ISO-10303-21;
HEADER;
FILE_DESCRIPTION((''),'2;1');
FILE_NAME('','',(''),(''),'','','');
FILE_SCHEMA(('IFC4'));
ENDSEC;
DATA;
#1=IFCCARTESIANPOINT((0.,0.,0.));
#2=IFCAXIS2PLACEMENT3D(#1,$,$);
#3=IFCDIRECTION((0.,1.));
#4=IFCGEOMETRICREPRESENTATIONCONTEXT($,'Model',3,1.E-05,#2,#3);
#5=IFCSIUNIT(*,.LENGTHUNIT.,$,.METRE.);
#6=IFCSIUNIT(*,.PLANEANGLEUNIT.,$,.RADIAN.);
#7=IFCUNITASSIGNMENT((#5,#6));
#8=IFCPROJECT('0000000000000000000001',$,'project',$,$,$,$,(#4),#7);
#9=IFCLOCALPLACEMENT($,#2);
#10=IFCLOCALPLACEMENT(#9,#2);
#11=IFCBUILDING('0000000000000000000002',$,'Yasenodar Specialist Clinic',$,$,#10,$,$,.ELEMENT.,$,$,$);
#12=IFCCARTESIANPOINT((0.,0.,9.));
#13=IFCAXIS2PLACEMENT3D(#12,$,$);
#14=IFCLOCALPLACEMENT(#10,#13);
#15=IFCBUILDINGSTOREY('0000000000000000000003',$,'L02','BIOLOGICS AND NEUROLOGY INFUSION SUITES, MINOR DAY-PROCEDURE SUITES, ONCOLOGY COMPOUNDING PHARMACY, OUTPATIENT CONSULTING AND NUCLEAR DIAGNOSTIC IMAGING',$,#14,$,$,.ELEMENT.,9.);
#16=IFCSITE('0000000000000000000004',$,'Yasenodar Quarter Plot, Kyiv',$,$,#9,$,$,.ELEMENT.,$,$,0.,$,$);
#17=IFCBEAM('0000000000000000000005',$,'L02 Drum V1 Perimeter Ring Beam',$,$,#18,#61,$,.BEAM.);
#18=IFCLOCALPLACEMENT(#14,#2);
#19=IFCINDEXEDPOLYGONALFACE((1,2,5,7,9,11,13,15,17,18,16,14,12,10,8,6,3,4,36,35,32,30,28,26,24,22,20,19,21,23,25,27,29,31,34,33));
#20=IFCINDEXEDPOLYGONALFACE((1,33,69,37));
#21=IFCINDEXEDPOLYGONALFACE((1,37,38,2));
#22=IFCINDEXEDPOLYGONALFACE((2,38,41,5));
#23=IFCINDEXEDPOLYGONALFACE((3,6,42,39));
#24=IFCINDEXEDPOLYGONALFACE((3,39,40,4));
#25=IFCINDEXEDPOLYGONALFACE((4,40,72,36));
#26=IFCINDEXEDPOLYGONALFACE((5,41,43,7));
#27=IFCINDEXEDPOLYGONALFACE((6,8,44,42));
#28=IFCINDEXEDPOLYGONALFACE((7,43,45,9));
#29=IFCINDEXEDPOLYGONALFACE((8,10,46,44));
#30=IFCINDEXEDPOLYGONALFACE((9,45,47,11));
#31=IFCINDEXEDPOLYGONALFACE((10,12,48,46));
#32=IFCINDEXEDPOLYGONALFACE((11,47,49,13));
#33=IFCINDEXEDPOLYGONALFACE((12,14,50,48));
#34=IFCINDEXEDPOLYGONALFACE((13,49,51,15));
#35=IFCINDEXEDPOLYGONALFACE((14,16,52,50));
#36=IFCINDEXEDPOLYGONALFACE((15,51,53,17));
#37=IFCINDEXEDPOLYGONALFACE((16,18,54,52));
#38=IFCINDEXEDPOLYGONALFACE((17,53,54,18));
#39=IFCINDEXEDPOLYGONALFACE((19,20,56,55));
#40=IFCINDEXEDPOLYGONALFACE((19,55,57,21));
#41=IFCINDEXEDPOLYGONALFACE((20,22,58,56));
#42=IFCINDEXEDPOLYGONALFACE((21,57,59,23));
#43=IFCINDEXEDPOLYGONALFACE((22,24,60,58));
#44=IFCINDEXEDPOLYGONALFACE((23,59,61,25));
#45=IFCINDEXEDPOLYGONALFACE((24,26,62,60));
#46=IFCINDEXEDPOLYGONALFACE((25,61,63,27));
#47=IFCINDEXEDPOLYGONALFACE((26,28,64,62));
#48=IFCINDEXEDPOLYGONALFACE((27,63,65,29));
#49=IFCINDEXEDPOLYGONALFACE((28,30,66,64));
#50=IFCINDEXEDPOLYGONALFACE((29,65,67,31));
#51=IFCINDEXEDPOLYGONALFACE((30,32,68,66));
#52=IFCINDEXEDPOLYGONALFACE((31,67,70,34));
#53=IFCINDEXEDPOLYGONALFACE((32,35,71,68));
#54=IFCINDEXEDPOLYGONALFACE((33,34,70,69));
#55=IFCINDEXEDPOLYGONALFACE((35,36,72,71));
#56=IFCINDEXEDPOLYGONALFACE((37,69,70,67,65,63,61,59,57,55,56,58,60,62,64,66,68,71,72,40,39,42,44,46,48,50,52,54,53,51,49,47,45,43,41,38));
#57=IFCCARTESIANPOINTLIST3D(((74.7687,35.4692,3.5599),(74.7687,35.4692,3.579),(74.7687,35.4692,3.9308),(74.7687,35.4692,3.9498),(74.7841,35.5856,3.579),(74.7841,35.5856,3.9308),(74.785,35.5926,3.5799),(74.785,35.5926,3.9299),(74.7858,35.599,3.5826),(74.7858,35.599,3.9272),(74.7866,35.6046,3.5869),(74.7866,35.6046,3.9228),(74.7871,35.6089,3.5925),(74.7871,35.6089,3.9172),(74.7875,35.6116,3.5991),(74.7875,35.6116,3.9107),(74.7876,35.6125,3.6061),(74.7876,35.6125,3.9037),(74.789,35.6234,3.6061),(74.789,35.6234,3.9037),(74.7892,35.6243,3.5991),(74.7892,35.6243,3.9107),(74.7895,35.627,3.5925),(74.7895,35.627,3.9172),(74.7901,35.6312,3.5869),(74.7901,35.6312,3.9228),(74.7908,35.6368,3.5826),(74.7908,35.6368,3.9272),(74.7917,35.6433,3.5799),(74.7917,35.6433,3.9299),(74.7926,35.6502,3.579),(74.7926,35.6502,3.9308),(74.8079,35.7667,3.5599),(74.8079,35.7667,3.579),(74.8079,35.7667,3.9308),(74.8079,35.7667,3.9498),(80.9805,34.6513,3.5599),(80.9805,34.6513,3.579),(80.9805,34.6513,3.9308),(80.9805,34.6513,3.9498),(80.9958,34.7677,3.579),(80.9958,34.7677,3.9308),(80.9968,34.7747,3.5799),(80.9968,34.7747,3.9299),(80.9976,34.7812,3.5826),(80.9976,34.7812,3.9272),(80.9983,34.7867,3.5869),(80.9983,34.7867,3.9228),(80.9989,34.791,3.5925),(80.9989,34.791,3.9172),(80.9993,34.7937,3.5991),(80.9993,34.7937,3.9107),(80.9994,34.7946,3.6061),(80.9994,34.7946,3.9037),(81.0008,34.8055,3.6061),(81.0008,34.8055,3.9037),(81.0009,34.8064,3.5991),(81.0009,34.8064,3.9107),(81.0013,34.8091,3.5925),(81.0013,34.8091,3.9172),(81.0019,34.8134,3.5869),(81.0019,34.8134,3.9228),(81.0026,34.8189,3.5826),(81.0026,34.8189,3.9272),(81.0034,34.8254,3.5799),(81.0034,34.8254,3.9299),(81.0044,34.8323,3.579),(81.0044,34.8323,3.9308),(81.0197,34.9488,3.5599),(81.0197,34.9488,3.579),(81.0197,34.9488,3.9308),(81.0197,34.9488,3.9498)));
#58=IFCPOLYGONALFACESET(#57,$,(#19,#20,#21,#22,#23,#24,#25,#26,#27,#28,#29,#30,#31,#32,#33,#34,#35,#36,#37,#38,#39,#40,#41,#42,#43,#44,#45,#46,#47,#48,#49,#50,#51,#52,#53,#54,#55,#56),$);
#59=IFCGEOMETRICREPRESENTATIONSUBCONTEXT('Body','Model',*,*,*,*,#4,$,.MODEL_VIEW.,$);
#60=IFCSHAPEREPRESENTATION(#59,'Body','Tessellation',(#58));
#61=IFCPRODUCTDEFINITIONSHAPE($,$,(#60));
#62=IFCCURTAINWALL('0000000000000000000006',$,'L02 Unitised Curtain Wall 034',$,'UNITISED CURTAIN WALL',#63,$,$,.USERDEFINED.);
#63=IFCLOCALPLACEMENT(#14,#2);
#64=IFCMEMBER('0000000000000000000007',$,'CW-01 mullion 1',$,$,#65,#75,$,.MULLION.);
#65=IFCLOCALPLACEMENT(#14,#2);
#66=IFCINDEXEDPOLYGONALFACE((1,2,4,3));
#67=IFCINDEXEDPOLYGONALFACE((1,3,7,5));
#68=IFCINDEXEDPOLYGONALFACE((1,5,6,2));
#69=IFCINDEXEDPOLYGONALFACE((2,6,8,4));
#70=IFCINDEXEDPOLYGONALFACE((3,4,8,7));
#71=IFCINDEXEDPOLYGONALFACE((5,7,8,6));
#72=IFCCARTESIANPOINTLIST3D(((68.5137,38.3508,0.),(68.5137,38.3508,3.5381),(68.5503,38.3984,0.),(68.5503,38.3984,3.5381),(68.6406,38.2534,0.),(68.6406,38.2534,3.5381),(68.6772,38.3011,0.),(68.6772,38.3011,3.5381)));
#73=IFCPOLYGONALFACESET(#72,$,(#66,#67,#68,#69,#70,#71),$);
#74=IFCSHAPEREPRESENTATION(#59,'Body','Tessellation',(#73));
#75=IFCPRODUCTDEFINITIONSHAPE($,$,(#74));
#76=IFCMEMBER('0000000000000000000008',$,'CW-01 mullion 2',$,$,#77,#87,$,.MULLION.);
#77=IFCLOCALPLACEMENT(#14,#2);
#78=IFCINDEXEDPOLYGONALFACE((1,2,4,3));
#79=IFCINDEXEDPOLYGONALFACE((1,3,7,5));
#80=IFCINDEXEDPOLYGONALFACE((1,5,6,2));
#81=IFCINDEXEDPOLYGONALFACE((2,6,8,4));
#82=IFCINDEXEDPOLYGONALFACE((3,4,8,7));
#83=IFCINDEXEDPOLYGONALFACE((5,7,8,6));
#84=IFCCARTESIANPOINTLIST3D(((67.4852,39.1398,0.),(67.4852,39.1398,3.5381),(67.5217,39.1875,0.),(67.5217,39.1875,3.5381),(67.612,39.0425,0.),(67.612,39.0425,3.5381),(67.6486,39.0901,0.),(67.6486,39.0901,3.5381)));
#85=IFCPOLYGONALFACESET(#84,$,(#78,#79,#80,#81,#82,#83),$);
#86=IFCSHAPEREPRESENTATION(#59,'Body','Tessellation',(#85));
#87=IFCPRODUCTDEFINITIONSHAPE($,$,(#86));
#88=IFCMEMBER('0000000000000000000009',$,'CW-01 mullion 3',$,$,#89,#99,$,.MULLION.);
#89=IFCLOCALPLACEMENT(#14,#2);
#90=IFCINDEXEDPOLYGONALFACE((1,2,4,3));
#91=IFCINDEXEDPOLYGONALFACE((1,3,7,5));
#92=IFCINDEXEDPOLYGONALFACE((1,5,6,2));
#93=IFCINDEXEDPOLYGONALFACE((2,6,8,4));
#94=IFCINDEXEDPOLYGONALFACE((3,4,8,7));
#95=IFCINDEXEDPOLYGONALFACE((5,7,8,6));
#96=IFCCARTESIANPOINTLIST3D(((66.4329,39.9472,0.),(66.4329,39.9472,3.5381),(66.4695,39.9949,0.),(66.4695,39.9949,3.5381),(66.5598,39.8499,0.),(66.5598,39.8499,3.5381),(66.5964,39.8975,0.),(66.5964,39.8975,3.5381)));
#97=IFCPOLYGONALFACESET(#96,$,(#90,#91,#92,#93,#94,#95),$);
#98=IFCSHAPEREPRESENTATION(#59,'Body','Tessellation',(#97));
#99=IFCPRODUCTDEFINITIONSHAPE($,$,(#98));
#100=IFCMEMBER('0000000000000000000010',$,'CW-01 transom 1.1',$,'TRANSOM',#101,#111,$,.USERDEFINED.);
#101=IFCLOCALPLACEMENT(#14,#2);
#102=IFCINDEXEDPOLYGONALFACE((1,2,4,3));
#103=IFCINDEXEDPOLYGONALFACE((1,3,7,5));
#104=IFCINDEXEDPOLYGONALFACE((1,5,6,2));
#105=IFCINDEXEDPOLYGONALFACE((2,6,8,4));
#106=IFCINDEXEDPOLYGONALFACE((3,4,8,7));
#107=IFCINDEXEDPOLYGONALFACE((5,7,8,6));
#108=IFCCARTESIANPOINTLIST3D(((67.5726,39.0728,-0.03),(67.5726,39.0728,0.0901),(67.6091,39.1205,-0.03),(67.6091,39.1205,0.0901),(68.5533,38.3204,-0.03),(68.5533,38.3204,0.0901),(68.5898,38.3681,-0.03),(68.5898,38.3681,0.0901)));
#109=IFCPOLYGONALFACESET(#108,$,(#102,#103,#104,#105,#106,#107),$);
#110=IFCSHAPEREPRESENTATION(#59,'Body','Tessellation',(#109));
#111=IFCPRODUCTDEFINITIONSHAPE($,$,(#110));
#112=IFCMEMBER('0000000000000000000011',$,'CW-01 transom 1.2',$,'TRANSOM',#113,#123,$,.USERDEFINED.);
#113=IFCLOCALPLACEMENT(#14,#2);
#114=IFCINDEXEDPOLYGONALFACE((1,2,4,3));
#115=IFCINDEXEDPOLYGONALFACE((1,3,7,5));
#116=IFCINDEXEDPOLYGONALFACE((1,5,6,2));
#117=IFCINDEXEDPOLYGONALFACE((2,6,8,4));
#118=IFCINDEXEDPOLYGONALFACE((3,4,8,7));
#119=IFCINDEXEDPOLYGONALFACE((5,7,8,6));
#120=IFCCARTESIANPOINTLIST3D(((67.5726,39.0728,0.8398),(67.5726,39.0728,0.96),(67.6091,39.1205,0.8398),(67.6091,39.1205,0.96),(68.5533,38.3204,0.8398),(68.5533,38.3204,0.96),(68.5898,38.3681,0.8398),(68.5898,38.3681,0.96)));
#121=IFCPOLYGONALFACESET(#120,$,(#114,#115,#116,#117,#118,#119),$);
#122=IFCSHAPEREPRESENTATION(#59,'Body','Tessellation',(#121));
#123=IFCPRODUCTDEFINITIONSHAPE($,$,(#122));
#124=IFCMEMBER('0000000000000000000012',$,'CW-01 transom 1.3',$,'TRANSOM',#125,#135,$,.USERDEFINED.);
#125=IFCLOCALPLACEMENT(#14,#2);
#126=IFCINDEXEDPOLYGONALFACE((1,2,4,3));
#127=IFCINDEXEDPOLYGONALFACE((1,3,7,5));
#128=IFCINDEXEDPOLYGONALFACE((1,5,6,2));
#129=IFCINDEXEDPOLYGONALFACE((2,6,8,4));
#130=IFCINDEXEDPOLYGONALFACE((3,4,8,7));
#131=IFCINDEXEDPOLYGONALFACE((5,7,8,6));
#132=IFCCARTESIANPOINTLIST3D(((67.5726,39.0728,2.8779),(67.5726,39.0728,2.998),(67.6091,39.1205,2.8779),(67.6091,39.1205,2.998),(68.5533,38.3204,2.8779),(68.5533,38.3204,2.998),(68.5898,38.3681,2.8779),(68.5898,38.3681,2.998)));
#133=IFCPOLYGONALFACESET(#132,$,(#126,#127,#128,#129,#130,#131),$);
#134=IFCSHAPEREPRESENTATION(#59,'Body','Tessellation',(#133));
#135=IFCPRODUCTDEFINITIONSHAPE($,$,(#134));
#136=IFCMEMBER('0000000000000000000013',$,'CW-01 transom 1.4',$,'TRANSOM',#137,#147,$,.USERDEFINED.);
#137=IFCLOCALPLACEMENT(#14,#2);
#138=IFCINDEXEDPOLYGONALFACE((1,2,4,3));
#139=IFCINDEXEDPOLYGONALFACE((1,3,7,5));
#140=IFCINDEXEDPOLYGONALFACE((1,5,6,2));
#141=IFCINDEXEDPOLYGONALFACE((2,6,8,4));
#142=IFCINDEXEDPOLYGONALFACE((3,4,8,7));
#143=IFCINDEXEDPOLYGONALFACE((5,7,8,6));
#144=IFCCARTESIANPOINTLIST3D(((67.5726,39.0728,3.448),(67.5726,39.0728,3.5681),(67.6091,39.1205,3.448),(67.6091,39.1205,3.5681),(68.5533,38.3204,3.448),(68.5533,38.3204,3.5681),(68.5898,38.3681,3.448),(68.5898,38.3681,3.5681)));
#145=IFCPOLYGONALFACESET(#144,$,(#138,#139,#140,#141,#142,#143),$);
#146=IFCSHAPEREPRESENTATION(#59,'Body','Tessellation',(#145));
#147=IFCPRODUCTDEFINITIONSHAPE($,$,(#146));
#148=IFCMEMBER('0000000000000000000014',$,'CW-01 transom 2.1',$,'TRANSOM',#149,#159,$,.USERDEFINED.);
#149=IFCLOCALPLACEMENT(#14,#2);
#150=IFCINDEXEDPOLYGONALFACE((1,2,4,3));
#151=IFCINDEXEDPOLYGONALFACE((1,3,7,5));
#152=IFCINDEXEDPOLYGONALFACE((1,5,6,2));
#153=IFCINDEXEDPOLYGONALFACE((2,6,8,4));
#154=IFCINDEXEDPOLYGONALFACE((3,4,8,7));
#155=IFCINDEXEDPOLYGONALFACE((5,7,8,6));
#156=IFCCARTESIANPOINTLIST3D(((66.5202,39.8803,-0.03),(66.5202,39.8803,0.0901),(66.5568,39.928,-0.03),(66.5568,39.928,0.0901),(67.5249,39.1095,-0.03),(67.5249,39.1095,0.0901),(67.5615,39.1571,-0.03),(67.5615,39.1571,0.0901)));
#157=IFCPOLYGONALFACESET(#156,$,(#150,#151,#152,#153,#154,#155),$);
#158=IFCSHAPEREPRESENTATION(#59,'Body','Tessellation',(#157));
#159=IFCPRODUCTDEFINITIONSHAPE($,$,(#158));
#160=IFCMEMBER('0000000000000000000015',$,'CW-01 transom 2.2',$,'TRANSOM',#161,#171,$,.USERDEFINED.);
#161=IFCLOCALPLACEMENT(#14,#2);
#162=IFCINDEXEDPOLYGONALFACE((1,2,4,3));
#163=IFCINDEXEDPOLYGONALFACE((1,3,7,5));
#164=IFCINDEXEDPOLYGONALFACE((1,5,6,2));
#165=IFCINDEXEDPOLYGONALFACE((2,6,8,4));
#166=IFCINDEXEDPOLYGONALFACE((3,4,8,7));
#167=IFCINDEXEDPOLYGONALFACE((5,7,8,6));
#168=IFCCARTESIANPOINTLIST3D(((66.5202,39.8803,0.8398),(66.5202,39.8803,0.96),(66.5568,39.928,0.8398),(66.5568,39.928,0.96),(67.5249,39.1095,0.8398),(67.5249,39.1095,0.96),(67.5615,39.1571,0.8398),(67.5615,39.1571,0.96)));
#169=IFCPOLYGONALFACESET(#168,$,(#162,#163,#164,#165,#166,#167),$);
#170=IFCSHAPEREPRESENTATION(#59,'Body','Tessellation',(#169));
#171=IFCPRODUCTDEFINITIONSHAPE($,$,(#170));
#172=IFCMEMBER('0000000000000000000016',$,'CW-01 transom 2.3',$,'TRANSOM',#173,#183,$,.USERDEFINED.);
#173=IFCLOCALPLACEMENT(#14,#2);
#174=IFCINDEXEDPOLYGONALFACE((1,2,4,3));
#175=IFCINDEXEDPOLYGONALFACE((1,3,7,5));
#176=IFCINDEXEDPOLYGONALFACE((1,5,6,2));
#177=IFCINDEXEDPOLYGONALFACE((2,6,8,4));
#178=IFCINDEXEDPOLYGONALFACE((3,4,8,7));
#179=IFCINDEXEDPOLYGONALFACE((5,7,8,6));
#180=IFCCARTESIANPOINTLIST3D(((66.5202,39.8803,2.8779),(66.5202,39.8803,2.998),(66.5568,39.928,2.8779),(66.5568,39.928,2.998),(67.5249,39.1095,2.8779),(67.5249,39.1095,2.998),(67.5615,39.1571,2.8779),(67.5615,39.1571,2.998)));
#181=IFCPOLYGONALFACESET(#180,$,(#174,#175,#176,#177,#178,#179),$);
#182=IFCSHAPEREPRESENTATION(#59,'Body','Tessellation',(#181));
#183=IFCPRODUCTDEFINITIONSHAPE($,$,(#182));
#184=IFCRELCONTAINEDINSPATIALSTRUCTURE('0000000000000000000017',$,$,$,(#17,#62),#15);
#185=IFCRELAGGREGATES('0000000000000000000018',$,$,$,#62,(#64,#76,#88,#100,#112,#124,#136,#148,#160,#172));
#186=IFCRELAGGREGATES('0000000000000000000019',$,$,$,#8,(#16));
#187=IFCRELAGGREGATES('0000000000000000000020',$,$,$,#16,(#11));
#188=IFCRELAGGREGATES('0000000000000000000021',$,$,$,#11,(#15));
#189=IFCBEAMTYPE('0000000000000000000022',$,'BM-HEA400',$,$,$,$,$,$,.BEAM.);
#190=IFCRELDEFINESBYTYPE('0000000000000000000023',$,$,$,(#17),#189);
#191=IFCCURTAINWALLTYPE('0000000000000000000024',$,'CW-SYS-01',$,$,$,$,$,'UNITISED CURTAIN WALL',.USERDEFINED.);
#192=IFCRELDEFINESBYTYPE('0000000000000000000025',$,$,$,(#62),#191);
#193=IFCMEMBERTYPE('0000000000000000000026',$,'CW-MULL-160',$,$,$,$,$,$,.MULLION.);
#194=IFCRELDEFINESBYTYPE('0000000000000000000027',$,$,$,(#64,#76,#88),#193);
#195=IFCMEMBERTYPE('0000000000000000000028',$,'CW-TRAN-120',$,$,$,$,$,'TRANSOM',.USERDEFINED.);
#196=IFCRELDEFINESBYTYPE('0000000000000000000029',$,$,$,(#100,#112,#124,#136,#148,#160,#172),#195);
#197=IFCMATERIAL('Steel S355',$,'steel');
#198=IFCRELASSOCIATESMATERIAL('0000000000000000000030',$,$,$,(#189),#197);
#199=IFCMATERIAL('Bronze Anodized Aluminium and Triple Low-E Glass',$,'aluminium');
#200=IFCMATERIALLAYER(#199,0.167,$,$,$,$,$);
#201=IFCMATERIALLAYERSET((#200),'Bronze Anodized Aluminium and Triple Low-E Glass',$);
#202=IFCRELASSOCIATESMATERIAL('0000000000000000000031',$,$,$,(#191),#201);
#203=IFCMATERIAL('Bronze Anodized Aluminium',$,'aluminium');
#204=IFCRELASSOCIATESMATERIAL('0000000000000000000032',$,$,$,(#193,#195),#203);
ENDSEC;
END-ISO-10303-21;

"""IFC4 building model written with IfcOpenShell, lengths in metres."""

from ifc_helpers import new_model, si_unit, direction, frame, origin, origin_2d, place, context, subcontext, project, spatial, rectangle, i_section, extrude, material, layer, layer_set, material_profile, profile_set, type_object, element, aggregate, save


model = new_model("IFC4")

# Units and contexts
model_context = context("Model", 3, precision=1e-05, world=origin(), true_north=direction((0.0, 1.0)))
body_context = subcontext(model_context, "Body", "Model", "MODEL_VIEW")
ifc_project = project(units=[si_unit("LENGTHUNIT", "METRE"), si_unit("PLANEANGLEUNIT", "RADIAN")], contexts=[model_context])

# Site, building, storey
site_placement = place(None, origin())
site = spatial("IfcSite", under=ifc_project, at=site_placement, Name="Yasenodar Quarter Plot, Kyiv", CompositionType="ELEMENT", RefElevation=0.0)
building_placement = place(site_placement, origin())
building = spatial("IfcBuilding", under=site, at=building_placement, Name="Yasenodar Specialist Clinic", CompositionType="ELEMENT")
storey_placement = place(building_placement, frame((0.0, 0.0, 9.0)))
storey = spatial("IfcBuildingStorey", under=building, at=storey_placement, Name="L02", Description="BIOLOGICS AND NEUROLOGY INFUSION SUITES, MINOR DAY-PROCEDURE SUITES, ONCOLOGY COMPOUNDING PHARMACY, OUTPATIENT CONSULTING AND NUCLEAR DIAGNOSTIC IMAGING", CompositionType="ELEMENT", Elevation=9.0)

# Shared definitions
ifc_material_1 = material(Name="Steel S355", Category="steel")

# Beam
ifc_material_profile_1 = material_profile(ifc_material_1, i_section(OverallWidth=0.3, OverallDepth=0.3899, WebThickness=0.011, FlangeThickness=0.019, FilletRadius=0.0271, at=origin_2d()), Name="HEA 400")
ifc_profile_set_1 = profile_set([ifc_material_profile_1], Name="Steel S355")
beam_type = type_object("IfcBeamType", Name="BM-HEA400", PredefinedType="BEAM", material=ifc_profile_set_1)
beam_1_placement = place(storey_placement, frame((74.7883, 35.6179, 3.7549), z_axis=(0.991443, -0.13054, 0.0), x_axis=(0.13054, 0.991443, 0.0)))
element("IfcBeam", 1, at=beam_1_placement, inside=storey, type_object=beam_type, Name="L02 Drum V1 Perimeter Ring Beam", PredefinedType="BEAM", context=body_context, shape_type="SweptSolid", body=[
    extrude(i_section(OverallWidth=0.3, OverallDepth=0.3899, WebThickness=0.011, FlangeThickness=0.019, FilletRadius=0.0271, at=origin_2d()), origin(), (0.0, 0.0, 1.0), 6.2654),
])

# Curtain wall, members
ifc_material_2 = material(Name="Bronze Anodized Aluminium and Triple Low-E Glass", Category="aluminium")
ifc_layer_1 = layer(ifc_material_2, 0.167)
ifc_layer_set_1 = layer_set([ifc_layer_1], Name="Bronze Anodized Aluminium and Triple Low-E Glass")
curtain_wall_type = type_object("IfcCurtainWallType", Name="CW-SYS-01", ElementType="UNITISED CURTAIN WALL", PredefinedType="USERDEFINED", material=ifc_layer_set_1)
curtain_wall_placement = place(storey_placement, origin())
curtain_wall = element("IfcCurtainWall", 2, at=curtain_wall_placement, inside=storey, type_object=curtain_wall_type, Name="L02 Unitised Curtain Wall 034", ObjectType="UNITISED CURTAIN WALL", PredefinedType="USERDEFINED")
ifc_material_3 = material(Name="Bronze Anodized Aluminium", Category="aluminium")
ifc_material_profile_2 = material_profile(ifc_material_3, rectangle(XDim=0.0601, YDim=0.1599, at=origin_2d()), Name="CW-MULL 60x160")
ifc_profile_set_2 = profile_set([ifc_material_profile_2], Name="Bronze Anodized Aluminium")
member_type_1 = type_object("IfcMemberType", Name="CW-MULL-160", PredefinedType="MULLION", material=ifc_profile_set_2)
member_1_placement = place(storey_placement, frame((68.5955, 38.3259, 0.0), z_axis=(0.0, 0.0, 1.0), x_axis=(-0.608752, -0.793361, 0.0)))
member_1 = element("IfcMember", 3, at=member_1_placement, type_object=member_type_1, Name="CW-01 mullion 1", PredefinedType="MULLION", context=body_context, shape_type="SweptSolid", body=[
    extrude(rectangle(XDim=0.0601, YDim=0.1599, at=origin_2d()), origin(), (0.0, 0.0, 1.0), 3.5381),
])
member_2_placement = place(storey_placement, frame((67.5669, 39.115, 0.0), z_axis=(0.0, 0.0, 1.0), x_axis=(-0.608752, -0.793361, 0.0)))
member_2 = element("IfcMember", 4, at=member_2_placement, type_object=member_type_1, Name="CW-01 mullion 2", PredefinedType="MULLION", context=body_context, shape_type="SweptSolid", body=[
    extrude(rectangle(XDim=0.0601, YDim=0.1599, at=origin_2d()), origin(), (0.0, 0.0, 1.0), 3.5381),
])
member_3_placement = place(storey_placement, frame((66.5146, 39.9224, 0.0), z_axis=(0.0, 0.0, 1.0), x_axis=(-0.608752, -0.793361, 0.0)))
member_3 = element("IfcMember", 5, at=member_3_placement, type_object=member_type_1, Name="CW-01 mullion 3", PredefinedType="MULLION", context=body_context, shape_type="SweptSolid", body=[
    extrude(rectangle(XDim=0.0601, YDim=0.1599, at=origin_2d()), origin(), (0.0, 0.0, 1.0), 3.5381),
])
ifc_material_profile_3 = material_profile(ifc_material_3, rectangle(XDim=0.0601, YDim=0.1201, at=origin_2d()), Name="CW-TRAN 60x120")
ifc_profile_set_3 = profile_set([ifc_material_profile_3], Name="Bronze Anodized Aluminium")
member_type_2 = type_object("IfcMemberType", Name="CW-TRAN-120", ElementType="TRANSOM", PredefinedType="USERDEFINED", material=ifc_profile_set_3)
member_4_placement = place(storey_placement, frame((68.5715, 38.3442, 0.03), z_axis=(-0.793387, 0.608718, 0.0), x_axis=(-0.608718, -0.793387, 0.0)))
member_4 = element("IfcMember", 6, at=member_4_placement, type_object=member_type_2, Name="CW-01 transom 1.1", ObjectType="TRANSOM", PredefinedType="USERDEFINED", context=body_context, shape_type="SweptSolid", body=[
    extrude(rectangle(XDim=0.0601, YDim=0.1201, at=origin_2d()), origin(), (0.0, 0.0, 1.0), 1.2361),
])
member_5_placement = place(storey_placement, frame((68.5715, 38.3442, 0.8999), z_axis=(-0.793387, 0.608718, 0.0), x_axis=(-0.608718, -0.793387, 0.0)))
member_5 = element("IfcMember", 7, at=member_5_placement, type_object=member_type_2, Name="CW-01 transom 1.2", ObjectType="TRANSOM", PredefinedType="USERDEFINED", context=body_context, shape_type="SweptSolid", body=[
    extrude(rectangle(XDim=0.0601, YDim=0.1201, at=origin_2d()), origin(), (0.0, 0.0, 1.0), 1.2361),
])
member_6_placement = place(storey_placement, frame((68.5715, 38.3442, 2.938), z_axis=(-0.793387, 0.608718, 0.0), x_axis=(-0.608718, -0.793387, 0.0)))
member_6 = element("IfcMember", 8, at=member_6_placement, type_object=member_type_2, Name="CW-01 transom 1.3", ObjectType="TRANSOM", PredefinedType="USERDEFINED", context=body_context, shape_type="SweptSolid", body=[
    extrude(rectangle(XDim=0.0601, YDim=0.1201, at=origin_2d()), origin(), (0.0, 0.0, 1.0), 1.2361),
])
member_7_placement = place(storey_placement, frame((68.5715, 38.3442, 3.5081), z_axis=(-0.793387, 0.608718, 0.0), x_axis=(-0.608718, -0.793387, 0.0)))
member_7 = element("IfcMember", 9, at=member_7_placement, type_object=member_type_2, Name="CW-01 transom 1.4", ObjectType="TRANSOM", PredefinedType="USERDEFINED", context=body_context, shape_type="SweptSolid", body=[
    extrude(rectangle(XDim=0.0601, YDim=0.1201, at=origin_2d()), origin(), (0.0, 0.0, 1.0), 1.2361),
])
member_8_placement = place(storey_placement, frame((67.5432, 39.1333, 0.03), z_axis=(-0.793405, 0.608695, 0.0), x_axis=(-0.608695, -0.793405, 0.0)))
member_8 = element("IfcMember", 10, at=member_8_placement, type_object=member_type_2, Name="CW-01 transom 2.1", ObjectType="TRANSOM", PredefinedType="USERDEFINED", context=body_context, shape_type="SweptSolid", body=[
    extrude(rectangle(XDim=0.0601, YDim=0.1201, at=origin_2d()), origin(), (0.0, 0.0, 1.0), 1.2664),
])
member_9_placement = place(storey_placement, frame((67.5432, 39.1333, 0.8999), z_axis=(-0.793405, 0.608695, 0.0), x_axis=(-0.608695, -0.793405, 0.0)))
member_9 = element("IfcMember", 11, at=member_9_placement, type_object=member_type_2, Name="CW-01 transom 2.2", ObjectType="TRANSOM", PredefinedType="USERDEFINED", context=body_context, shape_type="SweptSolid", body=[
    extrude(rectangle(XDim=0.0601, YDim=0.1201, at=origin_2d()), origin(), (0.0, 0.0, 1.0), 1.2664),
])
member_10_placement = place(storey_placement, frame((67.5432, 39.1333, 2.938), z_axis=(-0.793405, 0.608695, 0.0), x_axis=(-0.608695, -0.793405, 0.0)))
member_10 = element("IfcMember", 12, at=member_10_placement, type_object=member_type_2, Name="CW-01 transom 2.3", ObjectType="TRANSOM", PredefinedType="USERDEFINED", context=body_context, shape_type="SweptSolid", body=[
    extrude(rectangle(XDim=0.0601, YDim=0.1201, at=origin_2d()), origin(), (0.0, 0.0, 1.0), 1.2664),
])
aggregate(curtain_wall, [member_1, member_2, member_3, member_4, member_5, member_6, member_7, member_8, member_9, member_10])

save(model, "model.ifc")
